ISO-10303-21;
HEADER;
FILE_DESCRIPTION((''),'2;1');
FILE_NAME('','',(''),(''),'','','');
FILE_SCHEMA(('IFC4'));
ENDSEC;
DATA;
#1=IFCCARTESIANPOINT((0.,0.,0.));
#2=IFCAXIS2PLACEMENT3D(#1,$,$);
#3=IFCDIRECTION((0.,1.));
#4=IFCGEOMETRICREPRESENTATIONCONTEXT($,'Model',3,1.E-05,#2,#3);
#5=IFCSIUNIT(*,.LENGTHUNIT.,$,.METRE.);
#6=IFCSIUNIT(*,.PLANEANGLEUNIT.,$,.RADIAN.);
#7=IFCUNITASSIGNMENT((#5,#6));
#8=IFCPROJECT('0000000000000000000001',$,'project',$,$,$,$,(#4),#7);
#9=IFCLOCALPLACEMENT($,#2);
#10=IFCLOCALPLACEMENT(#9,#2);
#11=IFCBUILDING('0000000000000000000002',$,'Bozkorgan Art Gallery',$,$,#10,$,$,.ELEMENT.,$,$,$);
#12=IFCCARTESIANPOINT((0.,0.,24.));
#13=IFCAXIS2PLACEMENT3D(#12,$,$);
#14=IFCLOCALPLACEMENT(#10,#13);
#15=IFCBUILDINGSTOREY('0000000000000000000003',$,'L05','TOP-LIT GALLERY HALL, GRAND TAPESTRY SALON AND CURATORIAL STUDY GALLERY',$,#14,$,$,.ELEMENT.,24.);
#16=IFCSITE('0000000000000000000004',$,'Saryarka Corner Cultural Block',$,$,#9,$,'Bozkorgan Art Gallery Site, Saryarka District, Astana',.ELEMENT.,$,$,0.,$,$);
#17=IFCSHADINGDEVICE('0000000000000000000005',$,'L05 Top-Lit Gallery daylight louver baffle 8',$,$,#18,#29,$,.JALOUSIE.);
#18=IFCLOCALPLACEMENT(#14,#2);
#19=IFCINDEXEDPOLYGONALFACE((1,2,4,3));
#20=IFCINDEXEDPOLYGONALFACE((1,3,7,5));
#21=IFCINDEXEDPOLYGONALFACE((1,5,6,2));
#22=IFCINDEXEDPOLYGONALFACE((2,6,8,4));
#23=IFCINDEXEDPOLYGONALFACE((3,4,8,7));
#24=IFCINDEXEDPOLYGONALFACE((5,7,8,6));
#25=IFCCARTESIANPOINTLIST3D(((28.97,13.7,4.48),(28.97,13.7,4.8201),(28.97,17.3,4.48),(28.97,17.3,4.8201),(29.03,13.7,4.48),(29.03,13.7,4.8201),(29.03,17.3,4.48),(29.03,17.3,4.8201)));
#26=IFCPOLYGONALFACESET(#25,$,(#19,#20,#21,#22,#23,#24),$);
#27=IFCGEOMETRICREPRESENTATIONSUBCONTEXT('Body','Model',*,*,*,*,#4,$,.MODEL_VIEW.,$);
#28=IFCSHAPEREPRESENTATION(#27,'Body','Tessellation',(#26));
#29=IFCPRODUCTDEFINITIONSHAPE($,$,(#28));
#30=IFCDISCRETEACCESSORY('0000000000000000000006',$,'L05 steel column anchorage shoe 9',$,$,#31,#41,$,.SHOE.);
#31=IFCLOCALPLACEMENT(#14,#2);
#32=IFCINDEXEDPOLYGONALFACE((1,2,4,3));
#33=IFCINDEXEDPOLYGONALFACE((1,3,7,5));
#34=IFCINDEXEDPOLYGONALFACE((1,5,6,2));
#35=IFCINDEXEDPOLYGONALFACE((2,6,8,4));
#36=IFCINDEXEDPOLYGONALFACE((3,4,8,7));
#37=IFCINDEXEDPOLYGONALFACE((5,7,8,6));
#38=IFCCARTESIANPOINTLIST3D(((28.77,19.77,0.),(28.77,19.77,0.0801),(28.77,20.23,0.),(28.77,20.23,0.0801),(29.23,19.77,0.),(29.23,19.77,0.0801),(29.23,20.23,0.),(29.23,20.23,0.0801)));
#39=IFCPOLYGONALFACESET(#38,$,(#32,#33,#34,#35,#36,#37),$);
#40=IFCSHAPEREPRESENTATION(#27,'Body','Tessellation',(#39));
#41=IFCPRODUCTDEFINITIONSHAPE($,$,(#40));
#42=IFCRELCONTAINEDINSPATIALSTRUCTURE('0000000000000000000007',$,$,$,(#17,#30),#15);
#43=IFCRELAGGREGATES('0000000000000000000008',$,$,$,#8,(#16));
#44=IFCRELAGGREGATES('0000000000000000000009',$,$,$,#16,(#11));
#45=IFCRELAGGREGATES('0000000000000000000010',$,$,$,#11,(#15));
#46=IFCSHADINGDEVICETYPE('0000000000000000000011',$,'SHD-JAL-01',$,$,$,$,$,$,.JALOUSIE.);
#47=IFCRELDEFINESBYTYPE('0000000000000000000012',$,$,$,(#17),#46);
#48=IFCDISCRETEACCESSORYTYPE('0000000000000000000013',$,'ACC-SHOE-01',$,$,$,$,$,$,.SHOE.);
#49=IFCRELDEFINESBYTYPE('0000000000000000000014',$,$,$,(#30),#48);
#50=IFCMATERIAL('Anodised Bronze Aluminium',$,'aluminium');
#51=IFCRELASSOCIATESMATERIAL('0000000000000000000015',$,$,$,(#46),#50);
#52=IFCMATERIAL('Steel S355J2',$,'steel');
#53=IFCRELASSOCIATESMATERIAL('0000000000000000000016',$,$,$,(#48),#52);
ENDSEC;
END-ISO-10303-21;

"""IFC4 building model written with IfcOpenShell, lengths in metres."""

from ifc_helpers import new_model, si_unit, direction, frame, origin, origin_2d, place, context, subcontext, project, spatial, rectangle, extrude, material, type_object, element, save


model = new_model("IFC4")

# Units and contexts
model_context = context("Model", 3, precision=1e-05, world=origin(), true_north=direction((0.0, 1.0)))
body_context = subcontext(model_context, "Body", "Model", "MODEL_VIEW")
ifc_project = project(units=[si_unit("LENGTHUNIT", "METRE"), si_unit("PLANEANGLEUNIT", "RADIAN")], contexts=[model_context])

# Site, building, storey
site_placement = place(None, origin())
site = spatial("IfcSite", under=ifc_project, at=site_placement, Name="Saryarka Corner Cultural Block", LongName="Bozkorgan Art Gallery Site, Saryarka District, Astana", CompositionType="ELEMENT", RefElevation=0.0)
building_placement = place(site_placement, origin())
building = spatial("IfcBuilding", under=site, at=building_placement, Name="Bozkorgan Art Gallery", CompositionType="ELEMENT")
storey_placement = place(building_placement, frame((0.0, 0.0, 24.0)))
storey = spatial("IfcBuildingStorey", under=building, at=storey_placement, Name="L05", Description="TOP-LIT GALLERY HALL, GRAND TAPESTRY SALON AND CURATORIAL STUDY GALLERY", CompositionType="ELEMENT", Elevation=24.0)

# Shared definitions
ifc_material_1 = material(Name="Steel S355J2", Category="steel")

# Shared definitions
ifc_material_2 = material(Name="Anodised Bronze Aluminium", Category="aluminium")

# Shading device
shading_device_type = type_object("IfcShadingDeviceType", Name="SHD-JAL-01", PredefinedType="JALOUSIE", material=ifc_material_2)
shading_device_placement = place(storey_placement, frame((29.0, 15.5, 4.48), z_axis=(0.0, 0.0, 1.0), x_axis=(1.0, 0.0, 0.0)))
element("IfcShadingDevice", 1, at=shading_device_placement, inside=storey, type_object=shading_device_type, Name="L05 Top-Lit Gallery daylight louver baffle 8", PredefinedType="JALOUSIE", context=body_context, shape_type="SweptSolid", body=[
    extrude(rectangle(XDim=0.0601, YDim=3.6001, at=origin_2d()), origin(), (0.0, 0.0, 1.0), 0.3401),
])

# Discrete accessory
discrete_accessory_type = type_object("IfcDiscreteAccessoryType", Name="ACC-SHOE-01", PredefinedType="SHOE", material=ifc_material_1)
discrete_accessory_placement = place(storey_placement, frame((29.0, 20.0, 0.0), z_axis=(0.0, 0.0, 1.0), x_axis=(1.0, 0.0, 0.0)))
element("IfcDiscreteAccessory", 2, at=discrete_accessory_placement, inside=storey, type_object=discrete_accessory_type, Name="L05 steel column anchorage shoe 9", PredefinedType="SHOE", context=body_context, shape_type="SweptSolid", body=[
    extrude(rectangle(XDim=0.46, YDim=0.46, at=origin_2d()), origin(), (0.0, 0.0, 1.0), 0.0801),
])

save(model, "model.ifc")
